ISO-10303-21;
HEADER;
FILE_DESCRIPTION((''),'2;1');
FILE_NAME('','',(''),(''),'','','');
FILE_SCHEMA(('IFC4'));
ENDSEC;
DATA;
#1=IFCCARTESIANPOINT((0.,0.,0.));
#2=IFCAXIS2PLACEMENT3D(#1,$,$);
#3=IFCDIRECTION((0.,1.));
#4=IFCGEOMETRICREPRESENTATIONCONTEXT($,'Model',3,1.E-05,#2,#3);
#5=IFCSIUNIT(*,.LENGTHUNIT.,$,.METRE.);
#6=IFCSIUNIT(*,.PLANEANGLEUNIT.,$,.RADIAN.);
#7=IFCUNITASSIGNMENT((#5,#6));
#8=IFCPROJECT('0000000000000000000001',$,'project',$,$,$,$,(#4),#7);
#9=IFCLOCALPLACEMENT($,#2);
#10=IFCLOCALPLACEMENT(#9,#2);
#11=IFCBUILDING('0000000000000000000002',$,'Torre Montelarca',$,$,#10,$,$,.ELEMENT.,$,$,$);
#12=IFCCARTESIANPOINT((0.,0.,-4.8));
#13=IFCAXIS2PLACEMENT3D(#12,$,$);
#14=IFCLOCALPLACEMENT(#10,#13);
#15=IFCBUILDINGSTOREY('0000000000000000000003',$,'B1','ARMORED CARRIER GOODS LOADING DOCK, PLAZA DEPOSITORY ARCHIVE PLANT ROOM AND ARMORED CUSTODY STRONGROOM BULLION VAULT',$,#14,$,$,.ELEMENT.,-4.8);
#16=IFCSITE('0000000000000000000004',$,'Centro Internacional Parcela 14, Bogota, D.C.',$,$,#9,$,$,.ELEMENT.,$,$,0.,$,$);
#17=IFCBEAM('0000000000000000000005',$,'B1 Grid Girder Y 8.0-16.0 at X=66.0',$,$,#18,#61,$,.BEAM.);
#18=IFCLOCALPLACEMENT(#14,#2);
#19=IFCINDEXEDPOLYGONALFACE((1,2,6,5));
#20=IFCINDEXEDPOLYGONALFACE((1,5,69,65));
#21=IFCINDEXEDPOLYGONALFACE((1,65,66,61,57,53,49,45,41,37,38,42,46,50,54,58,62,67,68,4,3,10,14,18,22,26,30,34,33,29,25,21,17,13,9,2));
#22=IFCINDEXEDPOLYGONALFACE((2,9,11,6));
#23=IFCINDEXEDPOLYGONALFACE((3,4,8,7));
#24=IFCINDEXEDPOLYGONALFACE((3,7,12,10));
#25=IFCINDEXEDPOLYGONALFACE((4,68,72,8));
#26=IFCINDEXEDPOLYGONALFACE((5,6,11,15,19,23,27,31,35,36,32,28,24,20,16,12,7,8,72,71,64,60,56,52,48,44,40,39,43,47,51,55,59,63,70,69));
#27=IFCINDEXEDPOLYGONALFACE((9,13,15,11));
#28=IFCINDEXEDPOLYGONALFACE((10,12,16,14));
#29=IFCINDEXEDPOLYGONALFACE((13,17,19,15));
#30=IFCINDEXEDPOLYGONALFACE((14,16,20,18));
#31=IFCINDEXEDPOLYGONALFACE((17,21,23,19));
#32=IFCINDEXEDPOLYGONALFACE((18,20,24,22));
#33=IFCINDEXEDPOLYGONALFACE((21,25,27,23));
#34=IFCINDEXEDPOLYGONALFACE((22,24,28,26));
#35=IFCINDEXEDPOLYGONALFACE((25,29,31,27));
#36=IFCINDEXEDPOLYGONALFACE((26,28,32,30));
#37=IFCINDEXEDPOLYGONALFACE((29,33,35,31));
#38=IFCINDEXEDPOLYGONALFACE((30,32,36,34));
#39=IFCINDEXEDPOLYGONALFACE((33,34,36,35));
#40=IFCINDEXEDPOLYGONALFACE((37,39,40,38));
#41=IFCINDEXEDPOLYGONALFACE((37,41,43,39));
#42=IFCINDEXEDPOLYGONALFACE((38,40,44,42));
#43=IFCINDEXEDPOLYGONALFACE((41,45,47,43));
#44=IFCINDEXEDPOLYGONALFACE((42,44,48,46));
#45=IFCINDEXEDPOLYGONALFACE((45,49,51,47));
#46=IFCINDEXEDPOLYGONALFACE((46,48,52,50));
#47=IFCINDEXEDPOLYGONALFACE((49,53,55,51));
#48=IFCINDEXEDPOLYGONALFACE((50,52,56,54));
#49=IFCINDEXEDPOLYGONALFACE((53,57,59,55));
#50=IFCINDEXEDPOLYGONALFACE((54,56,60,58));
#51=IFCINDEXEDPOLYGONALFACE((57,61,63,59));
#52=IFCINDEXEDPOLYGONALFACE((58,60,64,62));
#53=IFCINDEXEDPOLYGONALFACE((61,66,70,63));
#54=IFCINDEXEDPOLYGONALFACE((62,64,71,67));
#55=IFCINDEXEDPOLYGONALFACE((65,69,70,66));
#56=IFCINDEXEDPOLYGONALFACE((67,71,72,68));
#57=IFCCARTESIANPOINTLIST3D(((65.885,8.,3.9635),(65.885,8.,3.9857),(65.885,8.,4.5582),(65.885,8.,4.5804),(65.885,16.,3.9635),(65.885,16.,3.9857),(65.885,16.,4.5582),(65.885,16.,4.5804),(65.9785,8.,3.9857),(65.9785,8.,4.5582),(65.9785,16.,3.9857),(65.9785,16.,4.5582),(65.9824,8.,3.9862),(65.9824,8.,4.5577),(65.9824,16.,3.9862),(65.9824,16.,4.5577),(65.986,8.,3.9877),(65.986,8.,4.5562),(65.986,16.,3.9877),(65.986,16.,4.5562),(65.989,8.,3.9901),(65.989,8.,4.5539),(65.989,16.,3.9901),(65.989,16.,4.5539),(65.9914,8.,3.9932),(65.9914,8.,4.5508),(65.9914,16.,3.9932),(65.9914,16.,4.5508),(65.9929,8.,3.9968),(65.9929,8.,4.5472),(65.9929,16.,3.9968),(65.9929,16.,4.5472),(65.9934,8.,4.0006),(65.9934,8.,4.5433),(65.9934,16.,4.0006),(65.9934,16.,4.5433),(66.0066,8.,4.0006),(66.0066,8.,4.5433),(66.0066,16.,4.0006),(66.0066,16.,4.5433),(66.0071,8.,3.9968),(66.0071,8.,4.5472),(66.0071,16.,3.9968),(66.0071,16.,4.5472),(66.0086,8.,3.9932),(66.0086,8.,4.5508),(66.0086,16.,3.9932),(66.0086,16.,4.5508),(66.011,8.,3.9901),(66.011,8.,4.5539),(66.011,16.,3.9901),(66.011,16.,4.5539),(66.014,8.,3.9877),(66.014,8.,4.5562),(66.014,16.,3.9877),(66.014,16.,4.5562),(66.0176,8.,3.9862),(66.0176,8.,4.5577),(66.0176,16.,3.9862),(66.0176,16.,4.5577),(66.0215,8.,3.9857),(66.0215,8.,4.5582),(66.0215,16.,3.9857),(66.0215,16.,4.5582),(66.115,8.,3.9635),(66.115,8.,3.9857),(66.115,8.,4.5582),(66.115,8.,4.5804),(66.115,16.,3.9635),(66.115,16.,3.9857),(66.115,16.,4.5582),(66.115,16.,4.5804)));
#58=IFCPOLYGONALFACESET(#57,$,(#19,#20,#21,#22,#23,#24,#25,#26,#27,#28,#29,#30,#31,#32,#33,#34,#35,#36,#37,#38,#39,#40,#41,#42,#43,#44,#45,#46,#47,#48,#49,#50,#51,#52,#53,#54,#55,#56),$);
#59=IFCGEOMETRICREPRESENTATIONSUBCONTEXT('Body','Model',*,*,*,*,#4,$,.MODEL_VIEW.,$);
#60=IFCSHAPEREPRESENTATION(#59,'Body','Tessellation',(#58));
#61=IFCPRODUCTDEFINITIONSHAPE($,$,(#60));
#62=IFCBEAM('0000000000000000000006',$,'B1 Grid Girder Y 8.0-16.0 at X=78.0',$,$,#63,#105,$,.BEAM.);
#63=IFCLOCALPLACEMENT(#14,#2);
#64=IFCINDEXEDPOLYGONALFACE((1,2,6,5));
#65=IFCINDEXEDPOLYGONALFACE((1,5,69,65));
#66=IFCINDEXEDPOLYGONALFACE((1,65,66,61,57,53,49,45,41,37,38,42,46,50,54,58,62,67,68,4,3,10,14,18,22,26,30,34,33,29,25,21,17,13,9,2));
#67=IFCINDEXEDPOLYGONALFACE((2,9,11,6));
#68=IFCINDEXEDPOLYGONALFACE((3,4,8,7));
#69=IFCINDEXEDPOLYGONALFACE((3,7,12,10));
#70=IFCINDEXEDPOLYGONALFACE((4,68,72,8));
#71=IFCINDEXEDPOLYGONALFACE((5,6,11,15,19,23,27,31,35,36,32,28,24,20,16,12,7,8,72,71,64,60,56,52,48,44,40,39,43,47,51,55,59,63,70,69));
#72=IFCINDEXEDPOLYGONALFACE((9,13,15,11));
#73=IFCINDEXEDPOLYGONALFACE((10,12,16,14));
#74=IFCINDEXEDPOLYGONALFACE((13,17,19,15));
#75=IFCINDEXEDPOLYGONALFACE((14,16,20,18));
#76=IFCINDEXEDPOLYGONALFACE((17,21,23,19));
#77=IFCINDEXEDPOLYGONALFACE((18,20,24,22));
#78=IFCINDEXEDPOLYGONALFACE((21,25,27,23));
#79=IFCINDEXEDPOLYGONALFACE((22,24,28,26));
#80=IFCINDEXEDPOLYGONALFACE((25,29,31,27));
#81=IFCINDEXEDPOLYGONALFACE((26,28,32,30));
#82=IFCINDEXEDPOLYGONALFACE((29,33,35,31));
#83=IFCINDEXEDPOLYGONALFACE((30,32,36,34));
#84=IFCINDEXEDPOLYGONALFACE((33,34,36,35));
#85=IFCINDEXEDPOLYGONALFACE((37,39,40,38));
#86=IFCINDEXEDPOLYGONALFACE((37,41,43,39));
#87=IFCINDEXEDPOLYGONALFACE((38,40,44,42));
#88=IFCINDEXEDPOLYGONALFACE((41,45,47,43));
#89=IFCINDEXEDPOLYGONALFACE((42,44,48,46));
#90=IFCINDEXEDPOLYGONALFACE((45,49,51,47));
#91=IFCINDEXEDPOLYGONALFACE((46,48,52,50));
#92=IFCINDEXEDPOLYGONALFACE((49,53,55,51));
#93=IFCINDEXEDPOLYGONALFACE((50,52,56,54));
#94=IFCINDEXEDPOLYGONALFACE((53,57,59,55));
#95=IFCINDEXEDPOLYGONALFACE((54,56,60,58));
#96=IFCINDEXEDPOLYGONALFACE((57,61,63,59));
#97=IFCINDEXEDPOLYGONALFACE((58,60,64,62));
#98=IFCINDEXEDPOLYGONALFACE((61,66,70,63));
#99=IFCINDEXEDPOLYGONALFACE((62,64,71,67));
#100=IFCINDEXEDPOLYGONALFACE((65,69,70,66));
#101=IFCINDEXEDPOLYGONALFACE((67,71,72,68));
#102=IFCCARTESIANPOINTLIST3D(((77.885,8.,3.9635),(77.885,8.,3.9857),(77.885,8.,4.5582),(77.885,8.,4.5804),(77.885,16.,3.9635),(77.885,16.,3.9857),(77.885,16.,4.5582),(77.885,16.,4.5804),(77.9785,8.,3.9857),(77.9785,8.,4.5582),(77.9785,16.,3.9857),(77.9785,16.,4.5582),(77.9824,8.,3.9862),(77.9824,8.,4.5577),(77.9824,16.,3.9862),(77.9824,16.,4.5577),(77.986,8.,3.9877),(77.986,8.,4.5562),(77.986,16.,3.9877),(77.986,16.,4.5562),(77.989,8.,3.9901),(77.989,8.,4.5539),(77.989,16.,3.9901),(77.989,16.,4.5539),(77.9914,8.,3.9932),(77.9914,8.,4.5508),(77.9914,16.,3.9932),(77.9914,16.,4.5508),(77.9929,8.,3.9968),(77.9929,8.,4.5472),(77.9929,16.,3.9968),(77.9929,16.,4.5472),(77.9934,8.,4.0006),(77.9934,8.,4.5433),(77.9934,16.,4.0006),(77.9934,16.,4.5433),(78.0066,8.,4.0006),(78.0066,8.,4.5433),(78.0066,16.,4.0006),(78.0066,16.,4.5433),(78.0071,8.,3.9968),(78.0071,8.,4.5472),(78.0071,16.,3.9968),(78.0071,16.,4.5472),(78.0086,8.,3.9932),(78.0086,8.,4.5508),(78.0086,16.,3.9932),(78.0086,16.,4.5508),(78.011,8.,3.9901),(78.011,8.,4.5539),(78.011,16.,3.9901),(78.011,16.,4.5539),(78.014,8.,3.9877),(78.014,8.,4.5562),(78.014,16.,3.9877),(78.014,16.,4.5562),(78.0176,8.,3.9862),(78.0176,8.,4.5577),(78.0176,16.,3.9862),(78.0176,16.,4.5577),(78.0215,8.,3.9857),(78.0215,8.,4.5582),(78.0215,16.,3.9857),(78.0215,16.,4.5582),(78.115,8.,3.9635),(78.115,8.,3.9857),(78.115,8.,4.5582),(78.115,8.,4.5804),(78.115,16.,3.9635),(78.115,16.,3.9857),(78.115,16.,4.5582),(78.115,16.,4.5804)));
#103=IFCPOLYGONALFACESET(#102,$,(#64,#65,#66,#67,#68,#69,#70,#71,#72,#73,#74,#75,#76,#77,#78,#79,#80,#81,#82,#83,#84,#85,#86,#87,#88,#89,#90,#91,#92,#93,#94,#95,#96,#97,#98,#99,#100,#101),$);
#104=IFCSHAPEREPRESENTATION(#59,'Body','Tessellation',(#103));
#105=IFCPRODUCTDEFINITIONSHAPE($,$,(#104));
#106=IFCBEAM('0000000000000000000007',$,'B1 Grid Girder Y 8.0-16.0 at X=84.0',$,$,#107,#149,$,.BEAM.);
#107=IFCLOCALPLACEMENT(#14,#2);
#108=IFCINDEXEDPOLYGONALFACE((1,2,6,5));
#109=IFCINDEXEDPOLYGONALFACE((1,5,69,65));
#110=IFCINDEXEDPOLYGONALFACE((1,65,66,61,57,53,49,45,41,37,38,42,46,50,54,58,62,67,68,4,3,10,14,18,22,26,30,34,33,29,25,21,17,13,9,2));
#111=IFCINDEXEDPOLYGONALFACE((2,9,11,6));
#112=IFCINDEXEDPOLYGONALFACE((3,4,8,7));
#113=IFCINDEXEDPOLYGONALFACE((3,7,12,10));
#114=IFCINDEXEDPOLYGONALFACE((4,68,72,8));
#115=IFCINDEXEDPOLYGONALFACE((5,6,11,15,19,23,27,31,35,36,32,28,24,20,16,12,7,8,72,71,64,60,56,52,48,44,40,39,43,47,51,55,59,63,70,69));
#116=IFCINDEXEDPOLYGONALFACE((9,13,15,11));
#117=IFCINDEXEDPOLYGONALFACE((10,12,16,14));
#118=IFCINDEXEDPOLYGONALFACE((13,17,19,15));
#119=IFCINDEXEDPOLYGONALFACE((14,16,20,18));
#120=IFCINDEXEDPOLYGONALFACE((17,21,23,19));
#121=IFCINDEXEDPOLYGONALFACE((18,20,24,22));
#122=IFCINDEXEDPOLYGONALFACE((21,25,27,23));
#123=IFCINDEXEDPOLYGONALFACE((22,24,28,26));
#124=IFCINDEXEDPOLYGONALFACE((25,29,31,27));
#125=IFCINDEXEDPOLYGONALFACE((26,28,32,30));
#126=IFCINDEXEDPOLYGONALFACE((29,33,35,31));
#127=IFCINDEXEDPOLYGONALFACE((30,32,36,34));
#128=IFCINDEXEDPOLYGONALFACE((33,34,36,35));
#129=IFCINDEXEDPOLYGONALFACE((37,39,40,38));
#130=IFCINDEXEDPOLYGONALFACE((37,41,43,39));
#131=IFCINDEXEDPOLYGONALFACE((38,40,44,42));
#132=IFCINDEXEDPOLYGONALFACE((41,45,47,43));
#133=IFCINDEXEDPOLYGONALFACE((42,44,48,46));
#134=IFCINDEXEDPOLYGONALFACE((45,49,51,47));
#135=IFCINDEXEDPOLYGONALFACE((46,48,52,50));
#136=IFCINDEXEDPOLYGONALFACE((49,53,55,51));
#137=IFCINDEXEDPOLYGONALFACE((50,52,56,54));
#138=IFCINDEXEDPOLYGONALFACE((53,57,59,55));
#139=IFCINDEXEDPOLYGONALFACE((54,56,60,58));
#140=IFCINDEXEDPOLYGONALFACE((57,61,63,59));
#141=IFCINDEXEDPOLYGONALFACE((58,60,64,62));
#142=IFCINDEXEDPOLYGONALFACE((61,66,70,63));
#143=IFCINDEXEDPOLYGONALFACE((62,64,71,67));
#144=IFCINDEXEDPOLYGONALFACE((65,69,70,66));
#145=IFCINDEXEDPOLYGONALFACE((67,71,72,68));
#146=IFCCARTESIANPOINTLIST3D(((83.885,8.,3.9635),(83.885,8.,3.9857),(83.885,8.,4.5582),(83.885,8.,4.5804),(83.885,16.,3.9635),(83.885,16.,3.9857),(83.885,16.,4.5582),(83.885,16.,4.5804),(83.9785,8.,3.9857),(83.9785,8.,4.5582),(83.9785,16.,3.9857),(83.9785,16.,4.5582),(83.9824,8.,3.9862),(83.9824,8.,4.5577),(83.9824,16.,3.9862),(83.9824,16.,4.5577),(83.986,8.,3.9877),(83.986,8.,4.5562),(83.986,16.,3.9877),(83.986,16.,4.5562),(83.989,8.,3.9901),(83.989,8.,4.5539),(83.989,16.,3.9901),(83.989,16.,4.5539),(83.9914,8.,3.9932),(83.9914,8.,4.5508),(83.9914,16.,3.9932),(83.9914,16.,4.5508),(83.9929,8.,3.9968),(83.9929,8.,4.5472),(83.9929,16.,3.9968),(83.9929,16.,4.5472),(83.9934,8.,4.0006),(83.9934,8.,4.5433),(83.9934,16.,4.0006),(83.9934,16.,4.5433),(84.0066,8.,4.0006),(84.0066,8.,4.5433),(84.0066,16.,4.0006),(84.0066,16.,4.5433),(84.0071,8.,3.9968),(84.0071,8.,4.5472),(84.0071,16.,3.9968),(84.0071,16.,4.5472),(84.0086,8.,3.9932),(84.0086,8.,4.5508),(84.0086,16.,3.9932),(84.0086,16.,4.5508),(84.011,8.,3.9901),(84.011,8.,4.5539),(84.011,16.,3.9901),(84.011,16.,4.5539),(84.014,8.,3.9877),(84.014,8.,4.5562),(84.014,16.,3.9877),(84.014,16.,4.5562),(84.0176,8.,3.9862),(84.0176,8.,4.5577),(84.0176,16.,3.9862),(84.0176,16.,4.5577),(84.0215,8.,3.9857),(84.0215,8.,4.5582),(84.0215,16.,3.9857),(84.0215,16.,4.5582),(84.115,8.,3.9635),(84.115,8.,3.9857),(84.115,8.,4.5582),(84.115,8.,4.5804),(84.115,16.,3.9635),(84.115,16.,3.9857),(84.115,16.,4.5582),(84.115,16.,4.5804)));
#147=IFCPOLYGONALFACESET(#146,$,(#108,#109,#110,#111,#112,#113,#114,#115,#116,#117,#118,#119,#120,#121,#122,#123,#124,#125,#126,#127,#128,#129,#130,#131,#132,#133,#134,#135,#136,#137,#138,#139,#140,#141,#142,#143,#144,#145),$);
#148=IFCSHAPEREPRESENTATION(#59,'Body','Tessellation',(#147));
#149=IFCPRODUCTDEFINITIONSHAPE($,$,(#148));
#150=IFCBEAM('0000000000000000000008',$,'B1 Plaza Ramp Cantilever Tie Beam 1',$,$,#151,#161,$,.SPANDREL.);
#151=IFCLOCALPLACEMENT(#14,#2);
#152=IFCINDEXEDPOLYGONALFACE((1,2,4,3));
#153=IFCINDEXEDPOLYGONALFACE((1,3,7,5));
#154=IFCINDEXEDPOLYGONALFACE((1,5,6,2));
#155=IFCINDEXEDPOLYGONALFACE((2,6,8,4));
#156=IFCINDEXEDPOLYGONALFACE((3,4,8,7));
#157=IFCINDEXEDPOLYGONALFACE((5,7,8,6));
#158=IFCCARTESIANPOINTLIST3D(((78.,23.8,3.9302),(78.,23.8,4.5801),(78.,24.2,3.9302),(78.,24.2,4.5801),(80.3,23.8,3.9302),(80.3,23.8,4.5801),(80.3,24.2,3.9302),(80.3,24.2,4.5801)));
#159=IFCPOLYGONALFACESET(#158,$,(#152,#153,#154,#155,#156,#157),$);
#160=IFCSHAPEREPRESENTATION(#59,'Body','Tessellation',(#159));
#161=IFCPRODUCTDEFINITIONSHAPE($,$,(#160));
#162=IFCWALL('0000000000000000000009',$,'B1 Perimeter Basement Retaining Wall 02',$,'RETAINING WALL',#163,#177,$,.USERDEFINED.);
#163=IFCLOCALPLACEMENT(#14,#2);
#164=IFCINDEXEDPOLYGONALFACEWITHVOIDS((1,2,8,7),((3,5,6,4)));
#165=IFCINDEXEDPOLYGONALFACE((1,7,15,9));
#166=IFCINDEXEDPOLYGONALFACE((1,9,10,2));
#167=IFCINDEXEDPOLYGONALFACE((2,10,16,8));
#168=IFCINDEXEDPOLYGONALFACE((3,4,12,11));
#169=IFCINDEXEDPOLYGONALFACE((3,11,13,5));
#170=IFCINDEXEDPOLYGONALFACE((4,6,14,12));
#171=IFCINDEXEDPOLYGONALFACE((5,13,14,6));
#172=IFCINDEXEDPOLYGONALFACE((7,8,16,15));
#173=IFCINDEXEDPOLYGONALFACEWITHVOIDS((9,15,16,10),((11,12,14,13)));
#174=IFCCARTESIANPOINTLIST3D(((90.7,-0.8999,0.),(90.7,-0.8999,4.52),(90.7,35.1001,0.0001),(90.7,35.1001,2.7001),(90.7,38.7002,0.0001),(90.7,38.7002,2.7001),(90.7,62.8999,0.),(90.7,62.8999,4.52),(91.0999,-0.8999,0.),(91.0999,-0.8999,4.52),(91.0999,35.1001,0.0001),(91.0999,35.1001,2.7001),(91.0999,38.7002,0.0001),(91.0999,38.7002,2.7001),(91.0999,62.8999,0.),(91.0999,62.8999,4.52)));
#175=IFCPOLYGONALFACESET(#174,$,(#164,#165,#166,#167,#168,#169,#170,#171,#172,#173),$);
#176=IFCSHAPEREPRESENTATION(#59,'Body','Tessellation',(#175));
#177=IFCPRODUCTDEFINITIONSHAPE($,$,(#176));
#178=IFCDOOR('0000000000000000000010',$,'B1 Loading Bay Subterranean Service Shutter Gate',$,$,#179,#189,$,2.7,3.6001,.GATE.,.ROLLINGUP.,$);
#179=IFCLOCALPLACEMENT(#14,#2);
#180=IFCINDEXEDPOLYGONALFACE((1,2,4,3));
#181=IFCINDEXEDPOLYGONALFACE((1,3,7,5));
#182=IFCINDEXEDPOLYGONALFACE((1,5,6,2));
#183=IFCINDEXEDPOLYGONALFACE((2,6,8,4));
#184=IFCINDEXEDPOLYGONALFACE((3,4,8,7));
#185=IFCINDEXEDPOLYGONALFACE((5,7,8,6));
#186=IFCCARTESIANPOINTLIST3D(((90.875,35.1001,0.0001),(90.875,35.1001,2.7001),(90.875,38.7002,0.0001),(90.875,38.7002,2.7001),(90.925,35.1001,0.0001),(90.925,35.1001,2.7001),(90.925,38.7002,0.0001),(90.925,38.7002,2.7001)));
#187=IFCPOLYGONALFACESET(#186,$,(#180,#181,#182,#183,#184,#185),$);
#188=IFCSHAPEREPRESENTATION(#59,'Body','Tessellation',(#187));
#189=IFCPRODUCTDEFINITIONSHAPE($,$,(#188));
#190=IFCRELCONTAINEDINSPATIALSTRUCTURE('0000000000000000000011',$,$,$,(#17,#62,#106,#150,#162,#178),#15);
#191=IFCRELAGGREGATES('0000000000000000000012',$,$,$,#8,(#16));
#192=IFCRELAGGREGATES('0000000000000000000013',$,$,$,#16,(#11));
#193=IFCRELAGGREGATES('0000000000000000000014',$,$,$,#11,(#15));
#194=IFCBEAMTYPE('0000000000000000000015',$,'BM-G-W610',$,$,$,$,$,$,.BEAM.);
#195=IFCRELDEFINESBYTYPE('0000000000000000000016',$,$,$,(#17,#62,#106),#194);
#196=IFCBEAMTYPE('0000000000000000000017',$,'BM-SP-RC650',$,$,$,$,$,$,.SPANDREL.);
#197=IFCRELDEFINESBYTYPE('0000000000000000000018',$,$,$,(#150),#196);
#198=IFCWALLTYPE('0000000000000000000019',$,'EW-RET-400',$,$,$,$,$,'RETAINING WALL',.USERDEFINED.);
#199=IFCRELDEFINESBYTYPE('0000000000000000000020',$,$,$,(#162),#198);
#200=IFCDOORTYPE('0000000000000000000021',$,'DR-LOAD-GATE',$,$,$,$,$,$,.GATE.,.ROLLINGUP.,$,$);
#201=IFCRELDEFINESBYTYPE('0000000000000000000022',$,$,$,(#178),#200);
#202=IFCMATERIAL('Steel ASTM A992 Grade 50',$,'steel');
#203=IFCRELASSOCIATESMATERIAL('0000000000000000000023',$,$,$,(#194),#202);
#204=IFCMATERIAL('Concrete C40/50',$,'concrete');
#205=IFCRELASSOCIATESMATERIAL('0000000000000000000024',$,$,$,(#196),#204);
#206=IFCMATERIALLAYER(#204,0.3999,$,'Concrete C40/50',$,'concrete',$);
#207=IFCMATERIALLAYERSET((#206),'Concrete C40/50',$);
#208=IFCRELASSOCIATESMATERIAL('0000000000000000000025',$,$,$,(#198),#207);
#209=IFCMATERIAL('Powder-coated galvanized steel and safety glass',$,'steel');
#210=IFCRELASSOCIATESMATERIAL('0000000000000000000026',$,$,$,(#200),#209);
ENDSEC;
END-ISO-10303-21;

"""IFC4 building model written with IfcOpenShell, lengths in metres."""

from ifc_helpers import new_model, si_unit, direction, frame, frame_2d, origin, origin_2d, place, context, subcontext, project, spatial, rectangle, i_section, extrude, source, transform, mapped, material, layer, layer_set, material_profile, profile_set, type_object, element, fill, save


model = new_model("IFC4")

# Units and contexts
model_context = context("Model", 3, precision=1e-05, world=origin(), true_north=direction((0.0, 1.0)))
body_context = subcontext(model_context, "Body", "Model", "MODEL_VIEW")
ifc_project = project(units=[si_unit("LENGTHUNIT", "METRE"), si_unit("PLANEANGLEUNIT", "RADIAN")], contexts=[model_context])

# Site, building, storey
site_placement = place(None, origin())
site = spatial("IfcSite", under=ifc_project, at=site_placement, Name="Centro Internacional Parcela 14, Bogota, D.C.", CompositionType="ELEMENT", RefElevation=0.0)
building_placement = place(site_placement, origin())
building = spatial("IfcBuilding", under=site, at=building_placement, Name="Torre Montelarca", CompositionType="ELEMENT")
storey_placement = place(building_placement, frame((0.0, 0.0, -4.8)))
storey = spatial("IfcBuildingStorey", under=building, at=storey_placement, Name="B1", Description="ARMORED CARRIER GOODS LOADING DOCK, PLAZA DEPOSITORY ARCHIVE PLANT ROOM AND ARMORED CUSTODY STRONGROOM BULLION VAULT", CompositionType="ELEMENT", Elevation=-4.8)

# Beams
ifc_material_1 = material(Name="Steel ASTM A992 Grade 50", Category="steel")
ifc_material_profile_1 = material_profile(ifc_material_1, i_section(OverallWidth=0.23, OverallDepth=0.6169, WebThickness=0.0132, FlangeThickness=0.0222, FilletRadius=0.0149, at=origin_2d()), Name="W610X140", Category="steel")
ifc_profile_set_1 = profile_set([ifc_material_profile_1], Name="Steel ASTM A992 Grade 50")
beam_type_1 = type_object("IfcBeamType", Name="BM-G-W610", PredefinedType="BEAM", material=ifc_profile_set_1)
shared_shape_1 = source(origin(), body_context, "Body", "SweptSolid", [
    extrude(i_section(OverallWidth=0.23, OverallDepth=0.6169, WebThickness=0.0132, FlangeThickness=0.0222, FilletRadius=0.0149, at=origin_2d()), origin(), (0.0, 0.0, 1.0), 8.0),
])
for number, where, z_axis, x_axis, name in (
    (1, (66.0, 8.0, 4.272), (0.0, 1.0, 0.0), (-1.0, 0.0, 0.0), "B1 Grid Girder Y 8.0-16.0 at X=66.0"),
    (2, (78.0, 8.0, 4.272), (0.0, 1.0, 0.0), (-1.0, 0.0, 0.0), "B1 Grid Girder Y 8.0-16.0 at X=78.0"),
    (3, (84.0, 8.0, 4.272), (0.0, 1.0, 0.0), (-1.0, 0.0, 0.0), "B1 Grid Girder Y 8.0-16.0 at X=84.0"),
):
    element("IfcBeam", number, at=place(storey_placement, frame(where, z_axis=z_axis, x_axis=x_axis)), inside=storey, type_object=beam_type_1, Name=name, PredefinedType="BEAM", context=body_context, shape_type="MappedRepresentation", body=[
        mapped(shared_shape_1, transform((0.0, 0.0, 0.0), scale=1.0)),
    ])
ifc_material_2 = material(Name="Concrete C40/50", Category="concrete")
ifc_material_profile_2 = material_profile(ifc_material_2, rectangle(XDim=0.3999, YDim=0.6499, at=origin_2d()), Name="RCB400X650", Category="concrete")
ifc_profile_set_2 = profile_set([ifc_material_profile_2], Name="Concrete C40/50")
beam_type_2 = type_object("IfcBeamType", Name="BM-SP-RC650", PredefinedType="SPANDREL", material=ifc_profile_set_2)
shared_shape_2 = source(origin(), body_context, "Body", "SweptSolid", [
    extrude(rectangle(XDim=0.3999, YDim=0.6499, at=origin_2d()), origin(), (0.0, 0.0, 1.0), 2.3),
])
beam_placement = place(storey_placement, frame((78.0, 24.0, 4.2551), z_axis=(1.0, 0.0, 0.0), x_axis=(0.0, 1.0, 0.0)))
element("IfcBeam", 4, at=beam_placement, inside=storey, type_object=beam_type_2, Name="B1 Plaza Ramp Cantilever Tie Beam 1", PredefinedType="SPANDREL", context=body_context, shape_type="MappedRepresentation", body=[
    mapped(shared_shape_2, transform((0.0, 0.0, 0.0), scale=1.0)),
])

# Wall, opening, door
ifc_layer = layer(ifc_material_2, 0.3999, Name="Concrete C40/50", Category="concrete")
ifc_layer_set = layer_set([ifc_layer], Name="Concrete C40/50")
wall_type = type_object("IfcWallType", Name="EW-RET-400", ElementType="RETAINING WALL", PredefinedType="USERDEFINED", material=ifc_layer_set)
wall_placement = place(storey_placement, frame((90.8999, -0.8999, 0.0), z_axis=(0.0, 0.0, 1.0), x_axis=(0.0, 1.0, 0.0)))
wall = element("IfcWall", 5, at=wall_placement, inside=storey, type_object=wall_type, Name="B1 Perimeter Basement Retaining Wall 02", ObjectType="RETAINING WALL", PredefinedType="USERDEFINED", context=body_context, shape_type="SweptSolid", body=[
    extrude(rectangle(XDim=63.7998, YDim=0.3999, at=frame_2d((31.8999, 0.0))), origin(), (0.0, 0.0, 1.0), 4.52),
])
opening_placement = place(wall_placement, frame((36.0, 0.0, 0.0)))
opening = element("IfcOpeningElement", 6, at=opening_placement, cuts=wall, PredefinedType="OPENING", context=body_context, shape_type="SweptSolid", body=[
    extrude(rectangle(XDim=3.6001, YDim=2.7, at=frame_2d((1.8, 1.3501))), frame((0.0, 0.21, 0.0), z_axis=(0.0, -1.0, 0.0), x_axis=(1.0, 0.0, 0.0)), (0.0, 0.0, 1.0), 0.4199),
])
ifc_material_3 = material(Name="Powder-coated galvanized steel and safety glass", Category="steel")
door_type = type_object("IfcDoorType", Name="DR-LOAD-GATE", OperationType="ROLLINGUP", PredefinedType="GATE", material=ifc_material_3)
shared_shape_3 = source(origin(), body_context, "Body", "SweptSolid", [
    extrude(rectangle(XDim=3.6001, YDim=2.7, at=frame_2d((1.8, 1.3501))), frame((0.0, 0.0249, 0.0), z_axis=(0.0, -1.0, 0.0), x_axis=(1.0, 0.0, 0.0)), (0.0, 0.0, 1.0), 0.05),
])
door_placement = place(opening_placement, origin())
door = element("IfcDoor", 7, at=door_placement, inside=storey, type_object=door_type, Name="B1 Loading Bay Subterranean Service Shutter Gate", OperationType="ROLLINGUP", OverallHeight=2.7, OverallWidth=3.6001, PredefinedType="GATE", context=body_context, shape_type="MappedRepresentation", body=[
    mapped(shared_shape_3, transform((0.0, 0.0, 0.0), scale=1.0)),
])
fill(opening, door)

save(model, "model.ifc")
